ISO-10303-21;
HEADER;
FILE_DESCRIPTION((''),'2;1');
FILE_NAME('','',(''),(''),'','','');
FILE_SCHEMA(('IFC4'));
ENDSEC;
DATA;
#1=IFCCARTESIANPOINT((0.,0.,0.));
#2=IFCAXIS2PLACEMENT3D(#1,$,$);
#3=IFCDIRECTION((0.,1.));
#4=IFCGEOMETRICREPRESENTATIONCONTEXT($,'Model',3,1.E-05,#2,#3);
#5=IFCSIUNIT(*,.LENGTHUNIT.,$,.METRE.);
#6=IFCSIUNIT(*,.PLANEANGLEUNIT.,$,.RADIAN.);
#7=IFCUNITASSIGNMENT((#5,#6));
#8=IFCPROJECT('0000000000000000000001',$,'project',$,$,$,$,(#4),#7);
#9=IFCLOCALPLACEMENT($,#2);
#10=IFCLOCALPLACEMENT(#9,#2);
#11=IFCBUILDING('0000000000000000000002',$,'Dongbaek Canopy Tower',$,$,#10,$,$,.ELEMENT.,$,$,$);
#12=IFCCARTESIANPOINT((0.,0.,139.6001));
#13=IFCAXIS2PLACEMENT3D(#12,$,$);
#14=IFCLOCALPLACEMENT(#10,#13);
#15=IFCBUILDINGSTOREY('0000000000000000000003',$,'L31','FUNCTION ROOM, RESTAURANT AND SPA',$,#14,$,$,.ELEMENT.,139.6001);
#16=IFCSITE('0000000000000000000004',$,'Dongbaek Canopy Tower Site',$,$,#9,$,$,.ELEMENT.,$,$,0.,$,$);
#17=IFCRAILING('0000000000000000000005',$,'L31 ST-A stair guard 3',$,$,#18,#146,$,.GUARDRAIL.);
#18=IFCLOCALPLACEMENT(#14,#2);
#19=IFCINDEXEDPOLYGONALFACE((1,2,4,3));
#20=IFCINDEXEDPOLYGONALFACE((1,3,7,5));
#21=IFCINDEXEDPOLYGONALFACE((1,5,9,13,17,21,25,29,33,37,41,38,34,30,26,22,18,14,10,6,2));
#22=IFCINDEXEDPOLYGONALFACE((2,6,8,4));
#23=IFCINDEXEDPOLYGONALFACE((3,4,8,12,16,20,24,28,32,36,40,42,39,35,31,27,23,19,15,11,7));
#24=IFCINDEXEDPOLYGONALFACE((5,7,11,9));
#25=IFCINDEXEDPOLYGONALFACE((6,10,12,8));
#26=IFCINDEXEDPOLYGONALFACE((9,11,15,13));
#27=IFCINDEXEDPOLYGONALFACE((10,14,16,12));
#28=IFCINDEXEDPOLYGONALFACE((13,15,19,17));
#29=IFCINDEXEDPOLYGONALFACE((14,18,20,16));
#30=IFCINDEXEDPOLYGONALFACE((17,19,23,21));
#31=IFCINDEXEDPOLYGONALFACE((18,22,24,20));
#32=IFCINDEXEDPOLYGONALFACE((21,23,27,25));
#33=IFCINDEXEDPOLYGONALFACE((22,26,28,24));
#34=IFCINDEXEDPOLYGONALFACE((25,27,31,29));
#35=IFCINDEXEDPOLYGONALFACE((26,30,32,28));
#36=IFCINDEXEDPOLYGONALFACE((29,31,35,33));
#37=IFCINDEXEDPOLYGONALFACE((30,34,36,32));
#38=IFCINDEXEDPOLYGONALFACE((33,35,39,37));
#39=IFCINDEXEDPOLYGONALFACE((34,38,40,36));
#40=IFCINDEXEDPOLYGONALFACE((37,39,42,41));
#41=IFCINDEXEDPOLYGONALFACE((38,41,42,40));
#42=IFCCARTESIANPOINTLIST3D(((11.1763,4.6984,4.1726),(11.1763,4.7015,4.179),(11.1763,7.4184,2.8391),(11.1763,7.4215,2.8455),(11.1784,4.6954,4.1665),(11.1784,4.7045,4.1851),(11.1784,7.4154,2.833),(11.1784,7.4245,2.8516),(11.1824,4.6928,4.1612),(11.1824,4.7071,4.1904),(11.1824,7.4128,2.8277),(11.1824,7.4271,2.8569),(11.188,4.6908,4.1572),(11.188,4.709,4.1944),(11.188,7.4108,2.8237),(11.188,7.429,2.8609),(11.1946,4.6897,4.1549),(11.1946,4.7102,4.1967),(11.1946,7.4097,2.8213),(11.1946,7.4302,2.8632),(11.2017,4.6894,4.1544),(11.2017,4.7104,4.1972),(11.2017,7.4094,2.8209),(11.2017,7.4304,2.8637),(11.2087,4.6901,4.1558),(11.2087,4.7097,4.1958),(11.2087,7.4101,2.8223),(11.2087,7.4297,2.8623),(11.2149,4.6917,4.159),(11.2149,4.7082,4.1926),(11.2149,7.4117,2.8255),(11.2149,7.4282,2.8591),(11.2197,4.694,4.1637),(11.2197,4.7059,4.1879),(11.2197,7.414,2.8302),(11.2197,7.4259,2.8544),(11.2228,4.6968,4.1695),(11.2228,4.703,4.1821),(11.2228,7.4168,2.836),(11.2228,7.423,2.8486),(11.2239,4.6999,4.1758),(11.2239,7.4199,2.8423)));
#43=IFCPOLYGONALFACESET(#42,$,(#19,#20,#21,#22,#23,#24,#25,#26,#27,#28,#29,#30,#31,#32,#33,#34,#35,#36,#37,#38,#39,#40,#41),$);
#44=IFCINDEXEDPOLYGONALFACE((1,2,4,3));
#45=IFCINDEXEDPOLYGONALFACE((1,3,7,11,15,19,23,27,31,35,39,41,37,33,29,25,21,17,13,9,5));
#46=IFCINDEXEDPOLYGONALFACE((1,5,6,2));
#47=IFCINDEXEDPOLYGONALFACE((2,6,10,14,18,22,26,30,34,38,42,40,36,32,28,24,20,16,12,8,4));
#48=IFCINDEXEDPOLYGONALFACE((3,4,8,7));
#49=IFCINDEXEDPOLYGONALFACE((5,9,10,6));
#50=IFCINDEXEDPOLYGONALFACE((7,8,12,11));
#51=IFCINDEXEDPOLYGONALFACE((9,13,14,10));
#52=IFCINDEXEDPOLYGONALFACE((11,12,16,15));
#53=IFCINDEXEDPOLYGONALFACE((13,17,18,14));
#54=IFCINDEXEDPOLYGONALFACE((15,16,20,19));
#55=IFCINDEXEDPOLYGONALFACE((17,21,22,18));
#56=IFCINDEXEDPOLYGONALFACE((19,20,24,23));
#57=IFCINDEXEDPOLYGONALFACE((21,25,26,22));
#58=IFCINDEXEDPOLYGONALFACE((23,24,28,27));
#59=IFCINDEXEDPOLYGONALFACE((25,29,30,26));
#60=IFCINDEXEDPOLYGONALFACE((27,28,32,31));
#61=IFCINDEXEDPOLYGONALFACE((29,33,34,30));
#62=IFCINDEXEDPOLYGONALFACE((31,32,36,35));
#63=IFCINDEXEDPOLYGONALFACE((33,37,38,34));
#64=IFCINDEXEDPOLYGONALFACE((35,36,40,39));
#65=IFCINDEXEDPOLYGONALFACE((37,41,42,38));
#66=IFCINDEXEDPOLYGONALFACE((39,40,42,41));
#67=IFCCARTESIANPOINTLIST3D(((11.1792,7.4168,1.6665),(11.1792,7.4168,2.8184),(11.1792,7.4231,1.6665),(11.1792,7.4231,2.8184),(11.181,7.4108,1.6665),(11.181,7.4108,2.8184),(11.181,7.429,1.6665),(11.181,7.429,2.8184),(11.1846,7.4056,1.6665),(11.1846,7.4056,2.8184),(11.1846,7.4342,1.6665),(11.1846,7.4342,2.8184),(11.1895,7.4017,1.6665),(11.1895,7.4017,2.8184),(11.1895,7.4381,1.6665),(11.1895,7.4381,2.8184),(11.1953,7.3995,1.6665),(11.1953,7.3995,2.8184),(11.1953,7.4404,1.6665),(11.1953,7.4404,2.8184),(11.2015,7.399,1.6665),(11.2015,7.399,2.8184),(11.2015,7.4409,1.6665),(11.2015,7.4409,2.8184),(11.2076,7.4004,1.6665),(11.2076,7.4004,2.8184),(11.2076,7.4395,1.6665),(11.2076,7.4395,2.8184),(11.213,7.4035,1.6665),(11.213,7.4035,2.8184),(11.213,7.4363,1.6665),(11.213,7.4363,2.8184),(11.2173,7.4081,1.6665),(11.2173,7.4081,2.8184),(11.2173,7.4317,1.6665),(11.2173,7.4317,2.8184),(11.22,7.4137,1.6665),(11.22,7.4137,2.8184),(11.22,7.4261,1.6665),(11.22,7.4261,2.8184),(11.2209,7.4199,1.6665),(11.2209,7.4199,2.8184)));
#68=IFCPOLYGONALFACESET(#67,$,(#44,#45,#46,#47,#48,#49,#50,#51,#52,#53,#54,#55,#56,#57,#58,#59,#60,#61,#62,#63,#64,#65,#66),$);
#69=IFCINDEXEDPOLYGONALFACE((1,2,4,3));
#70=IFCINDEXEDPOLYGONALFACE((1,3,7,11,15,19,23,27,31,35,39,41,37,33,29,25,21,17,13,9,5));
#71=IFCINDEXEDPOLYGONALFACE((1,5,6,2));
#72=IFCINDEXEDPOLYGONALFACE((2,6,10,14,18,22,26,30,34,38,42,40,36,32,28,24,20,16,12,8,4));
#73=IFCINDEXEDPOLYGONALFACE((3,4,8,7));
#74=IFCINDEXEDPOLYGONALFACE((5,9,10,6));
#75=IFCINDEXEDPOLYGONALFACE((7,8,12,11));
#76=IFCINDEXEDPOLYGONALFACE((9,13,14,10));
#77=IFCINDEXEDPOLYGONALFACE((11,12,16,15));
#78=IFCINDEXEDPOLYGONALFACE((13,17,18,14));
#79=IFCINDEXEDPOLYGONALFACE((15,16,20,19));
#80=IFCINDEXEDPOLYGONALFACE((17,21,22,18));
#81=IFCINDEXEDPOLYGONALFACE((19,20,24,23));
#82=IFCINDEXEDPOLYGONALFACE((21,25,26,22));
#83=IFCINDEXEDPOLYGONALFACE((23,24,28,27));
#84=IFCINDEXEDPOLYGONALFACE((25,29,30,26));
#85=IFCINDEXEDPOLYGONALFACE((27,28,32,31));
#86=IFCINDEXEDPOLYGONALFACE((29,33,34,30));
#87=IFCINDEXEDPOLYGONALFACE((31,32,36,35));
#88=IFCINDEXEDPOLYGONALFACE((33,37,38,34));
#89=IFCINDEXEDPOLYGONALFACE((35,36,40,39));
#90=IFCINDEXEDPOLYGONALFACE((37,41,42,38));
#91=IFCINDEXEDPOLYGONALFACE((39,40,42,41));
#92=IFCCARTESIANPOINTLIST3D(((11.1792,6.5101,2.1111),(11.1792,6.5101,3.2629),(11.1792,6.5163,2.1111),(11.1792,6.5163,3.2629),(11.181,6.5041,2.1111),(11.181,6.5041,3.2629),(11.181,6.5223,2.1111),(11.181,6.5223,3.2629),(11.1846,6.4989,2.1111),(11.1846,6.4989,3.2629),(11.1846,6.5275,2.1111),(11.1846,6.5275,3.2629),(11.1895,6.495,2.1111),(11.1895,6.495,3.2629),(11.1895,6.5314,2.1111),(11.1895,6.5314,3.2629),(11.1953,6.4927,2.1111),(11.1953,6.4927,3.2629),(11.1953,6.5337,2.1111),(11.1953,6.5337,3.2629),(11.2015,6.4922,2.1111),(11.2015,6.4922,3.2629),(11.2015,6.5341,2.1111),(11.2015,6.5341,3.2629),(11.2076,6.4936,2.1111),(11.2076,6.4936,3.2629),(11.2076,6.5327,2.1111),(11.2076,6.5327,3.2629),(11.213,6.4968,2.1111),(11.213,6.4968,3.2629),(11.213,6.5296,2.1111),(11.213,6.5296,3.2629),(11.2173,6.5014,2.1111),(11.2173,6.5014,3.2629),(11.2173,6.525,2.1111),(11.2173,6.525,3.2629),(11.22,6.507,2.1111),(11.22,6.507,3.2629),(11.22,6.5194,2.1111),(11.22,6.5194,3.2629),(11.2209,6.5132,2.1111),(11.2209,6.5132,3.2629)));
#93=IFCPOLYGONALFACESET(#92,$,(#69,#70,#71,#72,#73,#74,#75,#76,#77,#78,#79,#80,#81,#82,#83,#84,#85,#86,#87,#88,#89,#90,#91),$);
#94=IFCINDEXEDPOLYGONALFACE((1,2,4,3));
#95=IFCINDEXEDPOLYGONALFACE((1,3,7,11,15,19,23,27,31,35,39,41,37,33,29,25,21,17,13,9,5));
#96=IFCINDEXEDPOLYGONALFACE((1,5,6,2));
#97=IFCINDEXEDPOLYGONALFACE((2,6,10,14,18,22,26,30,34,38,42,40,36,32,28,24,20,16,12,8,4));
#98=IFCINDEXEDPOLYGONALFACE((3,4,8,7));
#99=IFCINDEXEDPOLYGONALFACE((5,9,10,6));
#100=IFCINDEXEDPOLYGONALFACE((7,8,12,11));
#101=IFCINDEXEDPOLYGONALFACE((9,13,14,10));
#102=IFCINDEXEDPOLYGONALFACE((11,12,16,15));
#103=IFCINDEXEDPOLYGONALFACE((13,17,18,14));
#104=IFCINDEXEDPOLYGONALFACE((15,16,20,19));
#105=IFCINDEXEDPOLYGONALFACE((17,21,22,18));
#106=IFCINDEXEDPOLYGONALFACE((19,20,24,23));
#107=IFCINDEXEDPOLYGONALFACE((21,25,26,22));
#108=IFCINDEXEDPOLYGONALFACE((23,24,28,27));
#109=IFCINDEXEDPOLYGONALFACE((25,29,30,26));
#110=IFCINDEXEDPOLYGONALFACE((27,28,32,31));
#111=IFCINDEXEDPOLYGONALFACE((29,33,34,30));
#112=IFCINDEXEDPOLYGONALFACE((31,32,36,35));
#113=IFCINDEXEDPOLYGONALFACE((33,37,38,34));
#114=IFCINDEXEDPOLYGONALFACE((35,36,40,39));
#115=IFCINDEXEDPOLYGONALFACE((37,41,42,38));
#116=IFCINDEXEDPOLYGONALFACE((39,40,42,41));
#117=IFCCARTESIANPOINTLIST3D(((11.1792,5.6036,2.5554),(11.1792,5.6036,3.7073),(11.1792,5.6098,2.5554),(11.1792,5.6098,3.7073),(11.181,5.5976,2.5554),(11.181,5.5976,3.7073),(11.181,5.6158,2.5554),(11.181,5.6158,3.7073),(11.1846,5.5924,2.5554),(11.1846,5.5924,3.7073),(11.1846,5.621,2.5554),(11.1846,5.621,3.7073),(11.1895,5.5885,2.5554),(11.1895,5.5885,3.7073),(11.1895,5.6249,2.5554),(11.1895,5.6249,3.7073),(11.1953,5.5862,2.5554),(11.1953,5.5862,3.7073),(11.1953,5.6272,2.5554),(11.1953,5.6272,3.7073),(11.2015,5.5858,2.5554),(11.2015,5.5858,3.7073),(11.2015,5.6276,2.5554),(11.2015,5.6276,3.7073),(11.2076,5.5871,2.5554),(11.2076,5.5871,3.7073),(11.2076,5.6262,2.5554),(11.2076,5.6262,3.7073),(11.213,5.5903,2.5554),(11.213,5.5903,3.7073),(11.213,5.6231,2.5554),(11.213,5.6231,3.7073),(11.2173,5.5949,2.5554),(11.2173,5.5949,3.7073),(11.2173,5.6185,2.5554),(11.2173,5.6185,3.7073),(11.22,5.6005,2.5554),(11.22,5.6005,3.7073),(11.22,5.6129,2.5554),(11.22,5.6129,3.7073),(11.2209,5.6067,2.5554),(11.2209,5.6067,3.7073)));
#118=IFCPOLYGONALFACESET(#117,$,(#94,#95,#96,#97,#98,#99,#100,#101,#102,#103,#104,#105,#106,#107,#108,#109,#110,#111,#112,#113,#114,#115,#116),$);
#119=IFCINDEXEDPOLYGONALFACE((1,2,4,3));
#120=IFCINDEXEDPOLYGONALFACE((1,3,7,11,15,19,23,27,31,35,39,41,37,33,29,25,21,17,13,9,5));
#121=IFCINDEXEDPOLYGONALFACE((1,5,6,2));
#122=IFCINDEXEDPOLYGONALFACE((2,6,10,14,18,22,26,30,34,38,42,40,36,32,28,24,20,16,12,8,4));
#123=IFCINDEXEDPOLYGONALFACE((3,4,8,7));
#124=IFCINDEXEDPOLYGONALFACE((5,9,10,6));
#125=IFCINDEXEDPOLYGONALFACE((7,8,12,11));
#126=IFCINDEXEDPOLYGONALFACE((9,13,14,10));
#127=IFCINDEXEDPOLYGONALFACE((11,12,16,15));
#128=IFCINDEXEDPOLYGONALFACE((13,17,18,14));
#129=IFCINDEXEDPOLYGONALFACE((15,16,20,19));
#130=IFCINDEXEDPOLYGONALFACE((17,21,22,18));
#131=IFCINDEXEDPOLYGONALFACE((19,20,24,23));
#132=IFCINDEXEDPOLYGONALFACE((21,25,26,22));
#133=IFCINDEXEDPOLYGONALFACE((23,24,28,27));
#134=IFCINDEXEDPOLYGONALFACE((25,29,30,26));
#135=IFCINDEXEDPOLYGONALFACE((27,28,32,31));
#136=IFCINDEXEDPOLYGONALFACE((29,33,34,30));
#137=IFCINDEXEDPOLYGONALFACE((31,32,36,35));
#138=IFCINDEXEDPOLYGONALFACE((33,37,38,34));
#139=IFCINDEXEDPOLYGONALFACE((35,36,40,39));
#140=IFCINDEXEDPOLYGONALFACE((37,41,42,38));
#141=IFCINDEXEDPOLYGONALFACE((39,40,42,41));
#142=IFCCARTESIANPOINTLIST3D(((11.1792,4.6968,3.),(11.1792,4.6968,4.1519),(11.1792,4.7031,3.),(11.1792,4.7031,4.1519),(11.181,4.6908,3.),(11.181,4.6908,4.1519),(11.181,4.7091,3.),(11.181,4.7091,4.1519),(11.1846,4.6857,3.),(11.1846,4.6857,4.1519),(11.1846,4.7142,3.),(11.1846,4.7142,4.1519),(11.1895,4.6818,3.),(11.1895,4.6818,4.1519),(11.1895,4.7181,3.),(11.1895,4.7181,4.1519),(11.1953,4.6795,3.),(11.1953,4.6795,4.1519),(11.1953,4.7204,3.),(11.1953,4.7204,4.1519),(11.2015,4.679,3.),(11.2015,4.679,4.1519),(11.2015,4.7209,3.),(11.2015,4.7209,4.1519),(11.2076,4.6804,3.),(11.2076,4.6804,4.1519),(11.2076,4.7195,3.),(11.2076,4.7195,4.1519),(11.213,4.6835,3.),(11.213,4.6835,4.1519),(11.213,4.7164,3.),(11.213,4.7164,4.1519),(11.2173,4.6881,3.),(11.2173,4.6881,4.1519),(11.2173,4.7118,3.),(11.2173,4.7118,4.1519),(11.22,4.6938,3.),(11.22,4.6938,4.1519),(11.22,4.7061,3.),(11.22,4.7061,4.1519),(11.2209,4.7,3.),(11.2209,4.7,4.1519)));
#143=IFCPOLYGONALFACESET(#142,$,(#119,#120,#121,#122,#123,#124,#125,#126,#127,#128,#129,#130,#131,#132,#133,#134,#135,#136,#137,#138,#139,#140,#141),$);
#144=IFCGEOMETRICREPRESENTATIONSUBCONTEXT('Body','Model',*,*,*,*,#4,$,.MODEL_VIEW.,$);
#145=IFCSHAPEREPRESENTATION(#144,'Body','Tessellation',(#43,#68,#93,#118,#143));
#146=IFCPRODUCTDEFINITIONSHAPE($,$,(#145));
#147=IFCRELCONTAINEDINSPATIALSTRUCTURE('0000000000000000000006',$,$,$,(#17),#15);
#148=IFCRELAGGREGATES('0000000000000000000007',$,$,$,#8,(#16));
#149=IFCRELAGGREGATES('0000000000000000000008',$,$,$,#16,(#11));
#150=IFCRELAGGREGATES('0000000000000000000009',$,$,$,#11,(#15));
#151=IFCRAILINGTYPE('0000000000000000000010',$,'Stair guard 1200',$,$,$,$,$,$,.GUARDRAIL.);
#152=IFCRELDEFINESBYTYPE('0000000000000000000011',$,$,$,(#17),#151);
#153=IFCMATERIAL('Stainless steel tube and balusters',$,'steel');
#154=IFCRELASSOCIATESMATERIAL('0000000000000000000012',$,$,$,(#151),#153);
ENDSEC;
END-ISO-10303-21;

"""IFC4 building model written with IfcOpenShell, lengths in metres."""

from ifc_helpers import new_model, si_unit, direction, frame, origin, origin_2d, place, context, subcontext, project, spatial, circle, extrude, material, type_object, element, save


model = new_model("IFC4")

# Units and contexts
model_context = context("Model", 3, precision=1e-05, world=origin(), true_north=direction((0.0, 1.0)))
body_context = subcontext(model_context, "Body", "Model", "MODEL_VIEW")
ifc_project = project(units=[si_unit("LENGTHUNIT", "METRE"), si_unit("PLANEANGLEUNIT", "RADIAN")], contexts=[model_context])

# Site, building, storey
site_placement = place(None, origin())
site = spatial("IfcSite", under=ifc_project, at=site_placement, Name="Dongbaek Canopy Tower Site", CompositionType="ELEMENT", RefElevation=0.0)
building_placement = place(site_placement, origin())
building = spatial("IfcBuilding", under=site, at=building_placement, Name="Dongbaek Canopy Tower", CompositionType="ELEMENT")
storey_placement = place(building_placement, frame((0.0, 0.0, 139.6001)))
storey = spatial("IfcBuildingStorey", under=building, at=storey_placement, Name="L31", Description="FUNCTION ROOM, RESTAURANT AND SPA", CompositionType="ELEMENT", Elevation=139.6001)

# Railing
ifc_material_1 = material(Name="Stainless steel tube and balusters", Category="steel")
railing_type_1 = type_object("IfcRailingType", Name="Stair guard 1200", PredefinedType="GUARDRAIL", material=ifc_material_1)
railing_1_placement = place(storey_placement, frame((11.2, 7.4199, 1.6665)))
element("IfcRailing", 1, at=railing_1_placement, inside=storey, type_object=railing_type_1, Name="L31 ST-A stair guard 3", PredefinedType="GUARDRAIL", context=body_context, shape_type="SweptSolid", body=[
    extrude(circle(Radius=0.0239, at=origin_2d()), frame((0.0, 0.0, 1.1758), z_axis=(0.0, -0.897898, 0.440204), x_axis=(1.0, 0.0, 0.0)), (0.0, 0.0, 1.0), 3.0293),
    extrude(circle(Radius=0.021, at=origin_2d()), origin(), (0.0, 0.0, 1.0), 1.1519),
    extrude(circle(Radius=0.021, at=origin_2d()), frame((0.0, -0.9067, 0.4446)), (0.0, 0.0, 1.0), 1.1519),
    extrude(circle(Radius=0.021, at=origin_2d()), frame((0.0, -1.8132, 0.8889)), (0.0, 0.0, 1.0), 1.1519),
    extrude(circle(Radius=0.021, at=origin_2d()), frame((0.0, -2.72, 1.3335)), (0.0, 0.0, 1.0), 1.1519),
])

save(model, "model.ifc")
